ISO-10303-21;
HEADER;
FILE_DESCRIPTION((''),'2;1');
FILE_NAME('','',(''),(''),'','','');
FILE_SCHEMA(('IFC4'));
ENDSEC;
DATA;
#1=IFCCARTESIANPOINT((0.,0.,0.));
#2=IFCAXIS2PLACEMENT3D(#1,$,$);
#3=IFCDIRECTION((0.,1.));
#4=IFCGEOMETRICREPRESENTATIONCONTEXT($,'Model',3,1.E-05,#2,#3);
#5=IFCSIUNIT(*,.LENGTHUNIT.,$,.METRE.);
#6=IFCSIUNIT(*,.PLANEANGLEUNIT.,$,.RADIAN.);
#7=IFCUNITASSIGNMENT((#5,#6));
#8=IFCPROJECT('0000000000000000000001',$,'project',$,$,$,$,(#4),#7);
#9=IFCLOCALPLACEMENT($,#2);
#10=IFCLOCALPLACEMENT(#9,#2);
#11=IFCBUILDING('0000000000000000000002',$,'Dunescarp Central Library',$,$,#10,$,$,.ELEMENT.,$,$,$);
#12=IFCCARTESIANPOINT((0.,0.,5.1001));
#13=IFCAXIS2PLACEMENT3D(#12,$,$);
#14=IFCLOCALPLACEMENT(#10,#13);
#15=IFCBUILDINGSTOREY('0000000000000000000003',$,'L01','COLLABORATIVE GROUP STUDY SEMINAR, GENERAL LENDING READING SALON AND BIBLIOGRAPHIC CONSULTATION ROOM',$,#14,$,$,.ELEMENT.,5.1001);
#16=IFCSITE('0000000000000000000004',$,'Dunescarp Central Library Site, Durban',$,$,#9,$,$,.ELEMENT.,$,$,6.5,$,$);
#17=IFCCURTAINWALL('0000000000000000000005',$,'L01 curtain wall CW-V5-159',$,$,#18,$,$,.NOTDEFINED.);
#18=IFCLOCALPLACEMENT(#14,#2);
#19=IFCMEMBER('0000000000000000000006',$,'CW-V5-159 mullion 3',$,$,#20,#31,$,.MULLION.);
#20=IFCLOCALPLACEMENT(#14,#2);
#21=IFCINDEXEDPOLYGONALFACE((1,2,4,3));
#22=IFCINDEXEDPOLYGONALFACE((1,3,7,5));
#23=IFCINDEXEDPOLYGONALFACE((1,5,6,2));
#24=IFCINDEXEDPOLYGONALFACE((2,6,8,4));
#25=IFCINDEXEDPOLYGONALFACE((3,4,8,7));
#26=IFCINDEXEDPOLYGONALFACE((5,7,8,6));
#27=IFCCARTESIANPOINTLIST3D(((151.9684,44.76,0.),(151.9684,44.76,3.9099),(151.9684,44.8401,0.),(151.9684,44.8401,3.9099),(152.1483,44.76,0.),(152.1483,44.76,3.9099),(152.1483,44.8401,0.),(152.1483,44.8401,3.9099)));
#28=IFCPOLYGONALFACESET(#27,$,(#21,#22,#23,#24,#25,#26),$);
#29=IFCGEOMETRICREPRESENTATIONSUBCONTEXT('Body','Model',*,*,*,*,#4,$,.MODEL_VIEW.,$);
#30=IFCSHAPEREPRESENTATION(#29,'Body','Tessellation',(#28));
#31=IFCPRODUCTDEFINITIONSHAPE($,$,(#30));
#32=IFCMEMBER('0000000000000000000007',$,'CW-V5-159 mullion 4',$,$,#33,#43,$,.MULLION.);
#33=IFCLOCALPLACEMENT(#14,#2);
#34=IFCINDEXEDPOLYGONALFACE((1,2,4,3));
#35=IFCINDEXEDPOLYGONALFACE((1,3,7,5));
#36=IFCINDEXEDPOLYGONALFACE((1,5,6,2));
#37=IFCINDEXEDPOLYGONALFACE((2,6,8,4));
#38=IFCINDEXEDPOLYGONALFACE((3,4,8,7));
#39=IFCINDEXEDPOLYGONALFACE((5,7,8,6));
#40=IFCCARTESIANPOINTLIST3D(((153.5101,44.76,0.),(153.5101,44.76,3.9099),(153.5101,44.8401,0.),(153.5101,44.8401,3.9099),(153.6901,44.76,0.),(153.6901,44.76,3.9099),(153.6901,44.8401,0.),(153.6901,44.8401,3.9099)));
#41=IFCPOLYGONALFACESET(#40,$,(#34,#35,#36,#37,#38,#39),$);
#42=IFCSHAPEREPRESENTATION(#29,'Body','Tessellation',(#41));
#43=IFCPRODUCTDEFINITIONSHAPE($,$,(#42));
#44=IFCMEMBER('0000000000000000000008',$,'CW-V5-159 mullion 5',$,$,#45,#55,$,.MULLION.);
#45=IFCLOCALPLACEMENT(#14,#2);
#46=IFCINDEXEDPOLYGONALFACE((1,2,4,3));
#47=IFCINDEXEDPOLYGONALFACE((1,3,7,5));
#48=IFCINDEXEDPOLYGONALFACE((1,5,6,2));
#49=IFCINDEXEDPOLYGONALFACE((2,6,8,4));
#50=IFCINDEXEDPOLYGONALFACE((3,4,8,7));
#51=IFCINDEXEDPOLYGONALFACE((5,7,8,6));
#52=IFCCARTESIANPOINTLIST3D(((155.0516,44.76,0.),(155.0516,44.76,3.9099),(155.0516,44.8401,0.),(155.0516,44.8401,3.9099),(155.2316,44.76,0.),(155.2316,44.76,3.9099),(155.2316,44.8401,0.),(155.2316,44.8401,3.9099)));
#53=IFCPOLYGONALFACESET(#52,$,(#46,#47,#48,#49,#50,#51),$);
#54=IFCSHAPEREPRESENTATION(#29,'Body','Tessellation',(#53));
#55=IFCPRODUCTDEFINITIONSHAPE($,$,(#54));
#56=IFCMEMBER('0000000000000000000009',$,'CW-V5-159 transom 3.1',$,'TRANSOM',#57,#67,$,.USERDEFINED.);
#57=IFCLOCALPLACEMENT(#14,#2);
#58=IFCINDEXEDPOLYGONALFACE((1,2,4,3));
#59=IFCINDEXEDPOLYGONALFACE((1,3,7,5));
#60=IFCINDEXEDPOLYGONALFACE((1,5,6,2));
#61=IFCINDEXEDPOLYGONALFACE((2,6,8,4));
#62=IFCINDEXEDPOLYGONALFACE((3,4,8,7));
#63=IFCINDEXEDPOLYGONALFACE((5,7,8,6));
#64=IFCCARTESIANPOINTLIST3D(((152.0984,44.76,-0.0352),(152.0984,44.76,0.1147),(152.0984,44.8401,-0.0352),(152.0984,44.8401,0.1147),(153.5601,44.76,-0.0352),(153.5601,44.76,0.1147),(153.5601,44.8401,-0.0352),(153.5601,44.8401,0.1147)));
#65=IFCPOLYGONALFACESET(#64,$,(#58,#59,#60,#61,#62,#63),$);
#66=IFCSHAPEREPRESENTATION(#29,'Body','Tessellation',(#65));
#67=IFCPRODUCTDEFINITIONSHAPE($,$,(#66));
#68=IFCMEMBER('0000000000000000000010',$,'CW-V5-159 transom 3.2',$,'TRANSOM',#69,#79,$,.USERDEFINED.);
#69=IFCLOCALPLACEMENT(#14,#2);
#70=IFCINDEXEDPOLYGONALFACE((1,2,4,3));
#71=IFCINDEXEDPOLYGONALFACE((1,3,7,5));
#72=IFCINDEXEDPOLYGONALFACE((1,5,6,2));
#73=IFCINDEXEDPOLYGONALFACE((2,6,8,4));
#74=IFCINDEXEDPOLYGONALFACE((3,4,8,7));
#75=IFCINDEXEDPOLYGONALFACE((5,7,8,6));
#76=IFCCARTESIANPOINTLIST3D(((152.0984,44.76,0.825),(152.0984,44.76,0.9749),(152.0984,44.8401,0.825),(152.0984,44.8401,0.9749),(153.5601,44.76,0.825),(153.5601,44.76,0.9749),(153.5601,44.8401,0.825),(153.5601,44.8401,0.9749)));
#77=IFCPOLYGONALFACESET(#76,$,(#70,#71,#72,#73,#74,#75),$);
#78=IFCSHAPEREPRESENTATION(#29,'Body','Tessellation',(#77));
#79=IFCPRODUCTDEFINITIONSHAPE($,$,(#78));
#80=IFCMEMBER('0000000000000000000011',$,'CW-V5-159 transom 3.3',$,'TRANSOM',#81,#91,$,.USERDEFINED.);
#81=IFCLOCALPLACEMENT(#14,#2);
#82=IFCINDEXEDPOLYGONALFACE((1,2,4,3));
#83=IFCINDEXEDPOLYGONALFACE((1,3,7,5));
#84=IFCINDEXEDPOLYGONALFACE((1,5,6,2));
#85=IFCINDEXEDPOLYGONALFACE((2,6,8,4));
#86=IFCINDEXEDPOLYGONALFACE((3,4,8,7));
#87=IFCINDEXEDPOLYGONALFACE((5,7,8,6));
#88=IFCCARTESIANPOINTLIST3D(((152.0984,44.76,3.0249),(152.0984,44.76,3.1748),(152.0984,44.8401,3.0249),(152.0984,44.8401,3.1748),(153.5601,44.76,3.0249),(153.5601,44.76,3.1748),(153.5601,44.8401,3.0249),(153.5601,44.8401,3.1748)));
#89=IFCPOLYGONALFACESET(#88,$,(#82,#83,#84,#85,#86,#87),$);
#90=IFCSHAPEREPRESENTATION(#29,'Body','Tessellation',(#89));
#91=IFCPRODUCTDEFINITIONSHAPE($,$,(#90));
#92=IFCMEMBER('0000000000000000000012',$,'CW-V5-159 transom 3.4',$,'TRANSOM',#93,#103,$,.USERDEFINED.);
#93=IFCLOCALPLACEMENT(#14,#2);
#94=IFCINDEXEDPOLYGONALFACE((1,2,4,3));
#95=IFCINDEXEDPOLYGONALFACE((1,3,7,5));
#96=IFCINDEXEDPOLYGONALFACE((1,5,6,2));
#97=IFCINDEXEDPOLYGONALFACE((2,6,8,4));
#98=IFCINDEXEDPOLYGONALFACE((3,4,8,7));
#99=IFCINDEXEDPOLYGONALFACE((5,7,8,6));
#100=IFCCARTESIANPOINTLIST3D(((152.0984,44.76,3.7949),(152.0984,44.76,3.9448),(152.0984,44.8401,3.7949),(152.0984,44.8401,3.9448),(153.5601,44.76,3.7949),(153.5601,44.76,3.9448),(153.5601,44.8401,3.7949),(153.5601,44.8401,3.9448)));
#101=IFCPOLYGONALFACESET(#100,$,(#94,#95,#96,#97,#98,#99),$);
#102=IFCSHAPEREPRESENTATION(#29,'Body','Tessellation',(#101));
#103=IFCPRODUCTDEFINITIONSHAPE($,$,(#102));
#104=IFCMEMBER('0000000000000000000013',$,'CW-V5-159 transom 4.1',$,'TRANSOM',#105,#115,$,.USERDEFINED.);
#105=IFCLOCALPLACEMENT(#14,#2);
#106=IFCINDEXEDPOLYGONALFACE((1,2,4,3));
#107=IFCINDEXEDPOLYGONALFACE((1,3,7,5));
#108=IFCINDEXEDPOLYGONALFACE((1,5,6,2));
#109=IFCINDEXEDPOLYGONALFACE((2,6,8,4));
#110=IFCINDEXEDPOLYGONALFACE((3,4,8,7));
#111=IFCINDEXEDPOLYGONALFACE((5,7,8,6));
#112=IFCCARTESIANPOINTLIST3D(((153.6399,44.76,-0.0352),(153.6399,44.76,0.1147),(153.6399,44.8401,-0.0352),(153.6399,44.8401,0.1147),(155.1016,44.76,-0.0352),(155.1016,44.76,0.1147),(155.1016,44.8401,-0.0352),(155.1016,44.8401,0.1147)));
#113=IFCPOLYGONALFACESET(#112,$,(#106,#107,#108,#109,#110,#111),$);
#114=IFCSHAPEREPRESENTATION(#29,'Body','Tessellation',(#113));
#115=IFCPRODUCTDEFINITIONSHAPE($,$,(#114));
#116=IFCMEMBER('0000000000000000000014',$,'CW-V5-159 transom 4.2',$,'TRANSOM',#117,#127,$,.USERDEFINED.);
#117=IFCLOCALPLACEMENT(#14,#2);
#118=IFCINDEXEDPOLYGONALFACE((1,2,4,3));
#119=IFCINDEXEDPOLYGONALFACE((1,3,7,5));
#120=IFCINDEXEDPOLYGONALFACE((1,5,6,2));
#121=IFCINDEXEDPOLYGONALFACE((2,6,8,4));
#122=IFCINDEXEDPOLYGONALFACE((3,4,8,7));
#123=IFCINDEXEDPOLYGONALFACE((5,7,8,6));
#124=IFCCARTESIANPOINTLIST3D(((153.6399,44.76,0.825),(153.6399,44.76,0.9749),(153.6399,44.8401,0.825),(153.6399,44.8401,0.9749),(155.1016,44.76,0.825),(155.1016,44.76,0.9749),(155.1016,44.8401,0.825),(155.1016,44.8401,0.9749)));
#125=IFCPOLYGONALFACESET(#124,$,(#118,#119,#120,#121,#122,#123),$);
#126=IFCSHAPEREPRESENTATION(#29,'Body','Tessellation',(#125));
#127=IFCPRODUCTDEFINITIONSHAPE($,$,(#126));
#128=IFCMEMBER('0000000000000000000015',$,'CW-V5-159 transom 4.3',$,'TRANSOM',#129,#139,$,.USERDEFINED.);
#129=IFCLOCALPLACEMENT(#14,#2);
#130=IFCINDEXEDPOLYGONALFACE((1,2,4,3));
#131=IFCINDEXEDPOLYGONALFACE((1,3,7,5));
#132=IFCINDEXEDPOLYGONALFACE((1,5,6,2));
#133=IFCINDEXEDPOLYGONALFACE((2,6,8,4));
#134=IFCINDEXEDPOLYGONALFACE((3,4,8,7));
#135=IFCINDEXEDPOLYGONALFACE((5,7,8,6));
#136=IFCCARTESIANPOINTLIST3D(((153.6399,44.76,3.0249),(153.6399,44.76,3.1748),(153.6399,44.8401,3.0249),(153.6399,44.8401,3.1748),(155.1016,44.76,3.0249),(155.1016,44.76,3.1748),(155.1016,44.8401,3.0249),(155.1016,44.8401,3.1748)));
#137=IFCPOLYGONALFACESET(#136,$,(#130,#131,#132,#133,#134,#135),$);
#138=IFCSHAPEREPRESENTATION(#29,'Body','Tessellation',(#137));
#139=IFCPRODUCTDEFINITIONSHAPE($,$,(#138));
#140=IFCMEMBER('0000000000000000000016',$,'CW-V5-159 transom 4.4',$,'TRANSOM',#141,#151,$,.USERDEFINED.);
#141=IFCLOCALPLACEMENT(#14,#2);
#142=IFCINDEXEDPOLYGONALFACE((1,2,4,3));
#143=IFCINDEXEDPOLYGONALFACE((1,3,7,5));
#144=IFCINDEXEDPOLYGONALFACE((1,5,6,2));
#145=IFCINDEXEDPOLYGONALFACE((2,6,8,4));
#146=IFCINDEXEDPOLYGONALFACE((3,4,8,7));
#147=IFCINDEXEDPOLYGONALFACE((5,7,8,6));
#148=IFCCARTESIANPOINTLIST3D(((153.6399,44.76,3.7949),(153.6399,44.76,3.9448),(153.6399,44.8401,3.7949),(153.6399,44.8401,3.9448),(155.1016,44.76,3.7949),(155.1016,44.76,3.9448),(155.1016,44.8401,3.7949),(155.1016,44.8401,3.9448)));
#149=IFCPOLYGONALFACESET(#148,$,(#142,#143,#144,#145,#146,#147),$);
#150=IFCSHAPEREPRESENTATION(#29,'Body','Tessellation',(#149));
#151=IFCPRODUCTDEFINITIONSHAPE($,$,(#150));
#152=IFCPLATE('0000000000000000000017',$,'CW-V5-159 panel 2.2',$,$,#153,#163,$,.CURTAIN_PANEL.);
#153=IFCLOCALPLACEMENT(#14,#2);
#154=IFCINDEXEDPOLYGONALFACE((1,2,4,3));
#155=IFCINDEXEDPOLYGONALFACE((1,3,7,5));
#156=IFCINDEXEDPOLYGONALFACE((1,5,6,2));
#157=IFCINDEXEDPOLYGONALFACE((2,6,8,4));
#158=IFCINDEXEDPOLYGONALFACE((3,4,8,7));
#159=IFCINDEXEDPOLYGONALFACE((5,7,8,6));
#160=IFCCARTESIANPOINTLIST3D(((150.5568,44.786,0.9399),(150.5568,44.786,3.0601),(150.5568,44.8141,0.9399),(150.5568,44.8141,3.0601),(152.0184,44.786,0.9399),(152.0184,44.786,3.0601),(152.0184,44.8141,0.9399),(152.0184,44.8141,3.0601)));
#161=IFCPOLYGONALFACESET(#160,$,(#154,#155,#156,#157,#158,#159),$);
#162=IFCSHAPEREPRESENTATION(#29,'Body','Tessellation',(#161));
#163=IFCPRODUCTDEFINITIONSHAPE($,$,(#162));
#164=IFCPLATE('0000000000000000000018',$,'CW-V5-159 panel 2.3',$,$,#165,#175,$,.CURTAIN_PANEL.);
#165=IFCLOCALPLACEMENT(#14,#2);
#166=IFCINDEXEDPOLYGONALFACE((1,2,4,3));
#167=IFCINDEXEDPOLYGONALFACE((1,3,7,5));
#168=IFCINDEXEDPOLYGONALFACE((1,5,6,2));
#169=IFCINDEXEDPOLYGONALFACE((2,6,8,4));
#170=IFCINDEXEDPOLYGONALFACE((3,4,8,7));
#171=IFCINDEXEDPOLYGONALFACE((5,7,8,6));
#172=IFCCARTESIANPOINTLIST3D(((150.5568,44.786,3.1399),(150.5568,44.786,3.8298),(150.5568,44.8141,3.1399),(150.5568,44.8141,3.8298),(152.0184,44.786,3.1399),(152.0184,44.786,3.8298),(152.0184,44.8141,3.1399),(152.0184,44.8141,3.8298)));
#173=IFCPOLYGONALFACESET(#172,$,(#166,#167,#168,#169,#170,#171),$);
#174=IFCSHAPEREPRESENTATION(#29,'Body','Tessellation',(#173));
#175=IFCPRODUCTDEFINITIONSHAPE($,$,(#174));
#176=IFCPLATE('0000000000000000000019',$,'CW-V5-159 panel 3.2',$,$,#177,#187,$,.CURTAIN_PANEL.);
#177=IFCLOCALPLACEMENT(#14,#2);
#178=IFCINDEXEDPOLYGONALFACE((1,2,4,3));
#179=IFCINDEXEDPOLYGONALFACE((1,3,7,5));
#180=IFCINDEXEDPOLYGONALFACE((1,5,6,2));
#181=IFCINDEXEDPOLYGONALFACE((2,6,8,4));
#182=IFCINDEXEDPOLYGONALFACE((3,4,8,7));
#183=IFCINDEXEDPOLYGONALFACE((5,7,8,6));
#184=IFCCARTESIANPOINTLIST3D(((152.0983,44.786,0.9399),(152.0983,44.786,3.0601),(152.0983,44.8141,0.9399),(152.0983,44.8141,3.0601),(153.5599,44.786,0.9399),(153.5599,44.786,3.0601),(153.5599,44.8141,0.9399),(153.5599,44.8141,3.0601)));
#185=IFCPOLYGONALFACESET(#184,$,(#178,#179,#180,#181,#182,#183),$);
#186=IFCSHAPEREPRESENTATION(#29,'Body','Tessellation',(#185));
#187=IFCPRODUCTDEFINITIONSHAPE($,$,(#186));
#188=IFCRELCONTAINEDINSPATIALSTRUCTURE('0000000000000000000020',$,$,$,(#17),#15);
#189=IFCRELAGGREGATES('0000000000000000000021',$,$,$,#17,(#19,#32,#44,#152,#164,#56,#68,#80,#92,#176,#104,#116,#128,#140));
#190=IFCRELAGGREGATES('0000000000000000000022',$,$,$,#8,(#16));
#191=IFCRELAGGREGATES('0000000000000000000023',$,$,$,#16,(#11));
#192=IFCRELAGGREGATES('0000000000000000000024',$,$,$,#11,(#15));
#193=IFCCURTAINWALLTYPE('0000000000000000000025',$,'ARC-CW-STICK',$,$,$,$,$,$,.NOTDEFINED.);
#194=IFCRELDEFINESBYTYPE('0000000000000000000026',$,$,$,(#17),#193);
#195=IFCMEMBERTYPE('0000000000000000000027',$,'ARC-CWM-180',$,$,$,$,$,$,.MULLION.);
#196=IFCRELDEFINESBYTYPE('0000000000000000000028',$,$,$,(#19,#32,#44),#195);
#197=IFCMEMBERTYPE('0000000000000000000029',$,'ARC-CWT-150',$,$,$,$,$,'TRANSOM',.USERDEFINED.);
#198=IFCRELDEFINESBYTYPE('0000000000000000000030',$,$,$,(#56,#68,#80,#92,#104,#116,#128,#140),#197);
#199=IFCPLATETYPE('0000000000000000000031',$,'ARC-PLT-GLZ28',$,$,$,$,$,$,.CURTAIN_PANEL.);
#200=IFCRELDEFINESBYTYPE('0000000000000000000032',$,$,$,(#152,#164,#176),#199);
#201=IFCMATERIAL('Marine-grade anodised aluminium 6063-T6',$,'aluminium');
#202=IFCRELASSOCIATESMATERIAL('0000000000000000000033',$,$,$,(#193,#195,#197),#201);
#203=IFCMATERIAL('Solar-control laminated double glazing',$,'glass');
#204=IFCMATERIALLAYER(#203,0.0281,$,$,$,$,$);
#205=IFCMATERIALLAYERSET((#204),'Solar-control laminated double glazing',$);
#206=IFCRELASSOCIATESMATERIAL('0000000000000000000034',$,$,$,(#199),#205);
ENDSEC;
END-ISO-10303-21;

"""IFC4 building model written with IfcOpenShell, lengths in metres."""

from ifc_helpers import new_model, si_unit, direction, frame, origin, origin_2d, place, context, subcontext, project, spatial, rectangle, extrude, material, layer, layer_set, material_profile, profile_set, type_object, element, aggregate, save


model = new_model("IFC4")

# Units and contexts
model_context = context("Model", 3, precision=1e-05, world=origin(), true_north=direction((0.0, 1.0)))
body_context = subcontext(model_context, "Body", "Model", "MODEL_VIEW")
ifc_project = project(units=[si_unit("LENGTHUNIT", "METRE"), si_unit("PLANEANGLEUNIT", "RADIAN")], contexts=[model_context])

# Site, building, storey
site_placement = place(None, origin())
site = spatial("IfcSite", under=ifc_project, at=site_placement, Name="Dunescarp Central Library Site, Durban", CompositionType="ELEMENT", RefElevation=6.5)
building_placement = place(site_placement, origin())
building = spatial("IfcBuilding", under=site, at=building_placement, Name="Dunescarp Central Library", CompositionType="ELEMENT")
storey_placement = place(building_placement, frame((0.0, 0.0, 5.1001)))
storey = spatial("IfcBuildingStorey", under=building, at=storey_placement, Name="L01", Description="COLLABORATIVE GROUP STUDY SEMINAR, GENERAL LENDING READING SALON AND BIBLIOGRAPHIC CONSULTATION ROOM", CompositionType="ELEMENT", Elevation=5.1001)

# Curtain wall, members, plates
ifc_material_1 = material(Name="Marine-grade anodised aluminium 6063-T6", Category="aluminium")
curtain_wall_type = type_object("IfcCurtainWallType", Name="ARC-CW-STICK", PredefinedType="NOTDEFINED", material=ifc_material_1)
curtain_wall_placement = place(storey_placement, origin())
curtain_wall = element("IfcCurtainWall", 1, at=curtain_wall_placement, inside=storey, type_object=curtain_wall_type, Name="L01 curtain wall CW-V5-159", PredefinedType="NOTDEFINED")
ifc_material_profile_1 = material_profile(ifc_material_1, rectangle(XDim=0.0801, YDim=0.1799, at=origin_2d()), Name="AL 80x180")
ifc_profile_set_1 = profile_set([ifc_material_profile_1], Name="Marine-grade anodised aluminium 6063-T6")
member_type_1 = type_object("IfcMemberType", Name="ARC-CWM-180", PredefinedType="MULLION", material=ifc_profile_set_1)
member_1_placement = place(storey_placement, frame((152.0583, 44.8, 0.0), z_axis=(0.0, 0.0, 1.0), x_axis=(0.0, 1.0, 0.0)))
member_1 = element("IfcMember", 2, at=member_1_placement, type_object=member_type_1, Name="CW-V5-159 mullion 3", PredefinedType="MULLION", context=body_context, shape_type="SweptSolid", body=[
    extrude(rectangle(XDim=0.0801, YDim=0.1799, at=origin_2d()), origin(), (0.0, 0.0, 1.0), 3.9099),
])
member_2_placement = place(storey_placement, frame((153.6001, 44.8, 0.0), z_axis=(0.0, 0.0, 1.0), x_axis=(0.0, 1.0, 0.0)))
member_2 = element("IfcMember", 3, at=member_2_placement, type_object=member_type_1, Name="CW-V5-159 mullion 4", PredefinedType="MULLION", context=body_context, shape_type="SweptSolid", body=[
    extrude(rectangle(XDim=0.0801, YDim=0.1799, at=origin_2d()), origin(), (0.0, 0.0, 1.0), 3.9099),
])
member_3_placement = place(storey_placement, frame((155.1416, 44.8, 0.0), z_axis=(0.0, 0.0, 1.0), x_axis=(0.0, 1.0, 0.0)))
member_3 = element("IfcMember", 4, at=member_3_placement, type_object=member_type_1, Name="CW-V5-159 mullion 5", PredefinedType="MULLION", context=body_context, shape_type="SweptSolid", body=[
    extrude(rectangle(XDim=0.0801, YDim=0.1799, at=origin_2d()), origin(), (0.0, 0.0, 1.0), 3.9099),
])
ifc_material_profile_2 = material_profile(ifc_material_1, rectangle(XDim=0.0801, YDim=0.1499, at=origin_2d()), Name="AL 80x150")
ifc_profile_set_2 = profile_set([ifc_material_profile_2], Name="Marine-grade anodised aluminium 6063-T6")
member_type_2 = type_object("IfcMemberType", Name="ARC-CWT-150", ElementType="TRANSOM", PredefinedType="USERDEFINED", material=ifc_profile_set_2)
member_4_placement = place(storey_placement, frame((152.0984, 44.8, 0.0398), z_axis=(1.0, 0.0, 0.0), x_axis=(0.0, 1.0, 0.0)))
member_4 = element("IfcMember", 5, at=member_4_placement, type_object=member_type_2, Name="CW-V5-159 transom 3.1", ObjectType="TRANSOM", PredefinedType="USERDEFINED", context=body_context, shape_type="SweptSolid", body=[
    extrude(rectangle(XDim=0.0801, YDim=0.1499, at=origin_2d()), origin(), (0.0, 0.0, 1.0), 1.4617),
])
member_5_placement = place(storey_placement, frame((152.0984, 44.8, 0.8999), z_axis=(1.0, 0.0, 0.0), x_axis=(0.0, 1.0, 0.0)))
member_5 = element("IfcMember", 6, at=member_5_placement, type_object=member_type_2, Name="CW-V5-159 transom 3.2", ObjectType="TRANSOM", PredefinedType="USERDEFINED", context=body_context, shape_type="SweptSolid", body=[
    extrude(rectangle(XDim=0.0801, YDim=0.1499, at=origin_2d()), origin(), (0.0, 0.0, 1.0), 1.4617),
])
member_6_placement = place(storey_placement, frame((152.0984, 44.8, 3.0999), z_axis=(1.0, 0.0, 0.0), x_axis=(0.0, 1.0, 0.0)))
member_6 = element("IfcMember", 7, at=member_6_placement, type_object=member_type_2, Name="CW-V5-159 transom 3.3", ObjectType="TRANSOM", PredefinedType="USERDEFINED", context=body_context, shape_type="SweptSolid", body=[
    extrude(rectangle(XDim=0.0801, YDim=0.1499, at=origin_2d()), origin(), (0.0, 0.0, 1.0), 1.4617),
])
member_7_placement = place(storey_placement, frame((152.0984, 44.8, 3.8699), z_axis=(1.0, 0.0, 0.0), x_axis=(0.0, 1.0, 0.0)))
member_7 = element("IfcMember", 8, at=member_7_placement, type_object=member_type_2, Name="CW-V5-159 transom 3.4", ObjectType="TRANSOM", PredefinedType="USERDEFINED", context=body_context, shape_type="SweptSolid", body=[
    extrude(rectangle(XDim=0.0801, YDim=0.1499, at=origin_2d()), origin(), (0.0, 0.0, 1.0), 1.4617),
])
member_8_placement = place(storey_placement, frame((153.6399, 44.8, 0.0398), z_axis=(1.0, 0.0, 0.0), x_axis=(0.0, 1.0, 0.0)))
member_8 = element("IfcMember", 9, at=member_8_placement, type_object=member_type_2, Name="CW-V5-159 transom 4.1", ObjectType="TRANSOM", PredefinedType="USERDEFINED", context=body_context, shape_type="SweptSolid", body=[
    extrude(rectangle(XDim=0.0801, YDim=0.1499, at=origin_2d()), origin(), (0.0, 0.0, 1.0), 1.4617),
])
member_9_placement = place(storey_placement, frame((153.6399, 44.8, 0.8999), z_axis=(1.0, 0.0, 0.0), x_axis=(0.0, 1.0, 0.0)))
member_9 = element("IfcMember", 10, at=member_9_placement, type_object=member_type_2, Name="CW-V5-159 transom 4.2", ObjectType="TRANSOM", PredefinedType="USERDEFINED", context=body_context, shape_type="SweptSolid", body=[
    extrude(rectangle(XDim=0.0801, YDim=0.1499, at=origin_2d()), origin(), (0.0, 0.0, 1.0), 1.4617),
])
member_10_placement = place(storey_placement, frame((153.6399, 44.8, 3.0999), z_axis=(1.0, 0.0, 0.0), x_axis=(0.0, 1.0, 0.0)))
member_10 = element("IfcMember", 11, at=member_10_placement, type_object=member_type_2, Name="CW-V5-159 transom 4.3", ObjectType="TRANSOM", PredefinedType="USERDEFINED", context=body_context, shape_type="SweptSolid", body=[
    extrude(rectangle(XDim=0.0801, YDim=0.1499, at=origin_2d()), origin(), (0.0, 0.0, 1.0), 1.4617),
])
member_11_placement = place(storey_placement, frame((153.6399, 44.8, 3.8699), z_axis=(1.0, 0.0, 0.0), x_axis=(0.0, 1.0, 0.0)))
member_11 = element("IfcMember", 12, at=member_11_placement, type_object=member_type_2, Name="CW-V5-159 transom 4.4", ObjectType="TRANSOM", PredefinedType="USERDEFINED", context=body_context, shape_type="SweptSolid", body=[
    extrude(rectangle(XDim=0.0801, YDim=0.1499, at=origin_2d()), origin(), (0.0, 0.0, 1.0), 1.4617),
])
ifc_material_2 = material(Name="Solar-control laminated double glazing", Category="glass")
ifc_layer_1 = layer(ifc_material_2, 0.0281)
ifc_layer_set_1 = layer_set([ifc_layer_1], Name="Solar-control laminated double glazing")
plate_type_1 = type_object("IfcPlateType", Name="ARC-PLT-GLZ28", PredefinedType="CURTAIN_PANEL", material=ifc_layer_set_1)
plate_1_placement = place(storey_placement, frame((151.2876, 44.8, 0.9399), z_axis=(0.0, 0.0, 1.0), x_axis=(1.0, 0.0, 0.0)))
plate_1 = element("IfcPlate", 13, at=plate_1_placement, type_object=plate_type_1, Name="CW-V5-159 panel 2.2", PredefinedType="CURTAIN_PANEL", context=body_context, shape_type="SweptSolid", body=[
    extrude(rectangle(XDim=1.4617, YDim=0.0281, at=origin_2d()), origin(), (0.0, 0.0, 1.0), 2.1201),
])
plate_2_placement = place(storey_placement, frame((151.2876, 44.8, 3.1399), z_axis=(0.0, 0.0, 1.0), x_axis=(1.0, 0.0, 0.0)))
plate_2 = element("IfcPlate", 14, at=plate_2_placement, type_object=plate_type_1, Name="CW-V5-159 panel 2.3", PredefinedType="CURTAIN_PANEL", context=body_context, shape_type="SweptSolid", body=[
    extrude(rectangle(XDim=1.4617, YDim=0.0281, at=origin_2d()), origin(), (0.0, 0.0, 1.0), 0.6899),
])
plate_3_placement = place(storey_placement, frame((152.8291, 44.8, 0.9399), z_axis=(0.0, 0.0, 1.0), x_axis=(1.0, 0.0, 0.0)))
plate_3 = element("IfcPlate", 15, at=plate_3_placement, type_object=plate_type_1, Name="CW-V5-159 panel 3.2", PredefinedType="CURTAIN_PANEL", context=body_context, shape_type="SweptSolid", body=[
    extrude(rectangle(XDim=1.4617, YDim=0.0281, at=origin_2d()), origin(), (0.0, 0.0, 1.0), 2.1201),
])
aggregate(curtain_wall, [member_1, member_2, member_3, plate_1, plate_2, member_4, member_5, member_6, member_7, plate_3, member_8, member_9, member_10, member_11])

save(model, "model.ifc")
